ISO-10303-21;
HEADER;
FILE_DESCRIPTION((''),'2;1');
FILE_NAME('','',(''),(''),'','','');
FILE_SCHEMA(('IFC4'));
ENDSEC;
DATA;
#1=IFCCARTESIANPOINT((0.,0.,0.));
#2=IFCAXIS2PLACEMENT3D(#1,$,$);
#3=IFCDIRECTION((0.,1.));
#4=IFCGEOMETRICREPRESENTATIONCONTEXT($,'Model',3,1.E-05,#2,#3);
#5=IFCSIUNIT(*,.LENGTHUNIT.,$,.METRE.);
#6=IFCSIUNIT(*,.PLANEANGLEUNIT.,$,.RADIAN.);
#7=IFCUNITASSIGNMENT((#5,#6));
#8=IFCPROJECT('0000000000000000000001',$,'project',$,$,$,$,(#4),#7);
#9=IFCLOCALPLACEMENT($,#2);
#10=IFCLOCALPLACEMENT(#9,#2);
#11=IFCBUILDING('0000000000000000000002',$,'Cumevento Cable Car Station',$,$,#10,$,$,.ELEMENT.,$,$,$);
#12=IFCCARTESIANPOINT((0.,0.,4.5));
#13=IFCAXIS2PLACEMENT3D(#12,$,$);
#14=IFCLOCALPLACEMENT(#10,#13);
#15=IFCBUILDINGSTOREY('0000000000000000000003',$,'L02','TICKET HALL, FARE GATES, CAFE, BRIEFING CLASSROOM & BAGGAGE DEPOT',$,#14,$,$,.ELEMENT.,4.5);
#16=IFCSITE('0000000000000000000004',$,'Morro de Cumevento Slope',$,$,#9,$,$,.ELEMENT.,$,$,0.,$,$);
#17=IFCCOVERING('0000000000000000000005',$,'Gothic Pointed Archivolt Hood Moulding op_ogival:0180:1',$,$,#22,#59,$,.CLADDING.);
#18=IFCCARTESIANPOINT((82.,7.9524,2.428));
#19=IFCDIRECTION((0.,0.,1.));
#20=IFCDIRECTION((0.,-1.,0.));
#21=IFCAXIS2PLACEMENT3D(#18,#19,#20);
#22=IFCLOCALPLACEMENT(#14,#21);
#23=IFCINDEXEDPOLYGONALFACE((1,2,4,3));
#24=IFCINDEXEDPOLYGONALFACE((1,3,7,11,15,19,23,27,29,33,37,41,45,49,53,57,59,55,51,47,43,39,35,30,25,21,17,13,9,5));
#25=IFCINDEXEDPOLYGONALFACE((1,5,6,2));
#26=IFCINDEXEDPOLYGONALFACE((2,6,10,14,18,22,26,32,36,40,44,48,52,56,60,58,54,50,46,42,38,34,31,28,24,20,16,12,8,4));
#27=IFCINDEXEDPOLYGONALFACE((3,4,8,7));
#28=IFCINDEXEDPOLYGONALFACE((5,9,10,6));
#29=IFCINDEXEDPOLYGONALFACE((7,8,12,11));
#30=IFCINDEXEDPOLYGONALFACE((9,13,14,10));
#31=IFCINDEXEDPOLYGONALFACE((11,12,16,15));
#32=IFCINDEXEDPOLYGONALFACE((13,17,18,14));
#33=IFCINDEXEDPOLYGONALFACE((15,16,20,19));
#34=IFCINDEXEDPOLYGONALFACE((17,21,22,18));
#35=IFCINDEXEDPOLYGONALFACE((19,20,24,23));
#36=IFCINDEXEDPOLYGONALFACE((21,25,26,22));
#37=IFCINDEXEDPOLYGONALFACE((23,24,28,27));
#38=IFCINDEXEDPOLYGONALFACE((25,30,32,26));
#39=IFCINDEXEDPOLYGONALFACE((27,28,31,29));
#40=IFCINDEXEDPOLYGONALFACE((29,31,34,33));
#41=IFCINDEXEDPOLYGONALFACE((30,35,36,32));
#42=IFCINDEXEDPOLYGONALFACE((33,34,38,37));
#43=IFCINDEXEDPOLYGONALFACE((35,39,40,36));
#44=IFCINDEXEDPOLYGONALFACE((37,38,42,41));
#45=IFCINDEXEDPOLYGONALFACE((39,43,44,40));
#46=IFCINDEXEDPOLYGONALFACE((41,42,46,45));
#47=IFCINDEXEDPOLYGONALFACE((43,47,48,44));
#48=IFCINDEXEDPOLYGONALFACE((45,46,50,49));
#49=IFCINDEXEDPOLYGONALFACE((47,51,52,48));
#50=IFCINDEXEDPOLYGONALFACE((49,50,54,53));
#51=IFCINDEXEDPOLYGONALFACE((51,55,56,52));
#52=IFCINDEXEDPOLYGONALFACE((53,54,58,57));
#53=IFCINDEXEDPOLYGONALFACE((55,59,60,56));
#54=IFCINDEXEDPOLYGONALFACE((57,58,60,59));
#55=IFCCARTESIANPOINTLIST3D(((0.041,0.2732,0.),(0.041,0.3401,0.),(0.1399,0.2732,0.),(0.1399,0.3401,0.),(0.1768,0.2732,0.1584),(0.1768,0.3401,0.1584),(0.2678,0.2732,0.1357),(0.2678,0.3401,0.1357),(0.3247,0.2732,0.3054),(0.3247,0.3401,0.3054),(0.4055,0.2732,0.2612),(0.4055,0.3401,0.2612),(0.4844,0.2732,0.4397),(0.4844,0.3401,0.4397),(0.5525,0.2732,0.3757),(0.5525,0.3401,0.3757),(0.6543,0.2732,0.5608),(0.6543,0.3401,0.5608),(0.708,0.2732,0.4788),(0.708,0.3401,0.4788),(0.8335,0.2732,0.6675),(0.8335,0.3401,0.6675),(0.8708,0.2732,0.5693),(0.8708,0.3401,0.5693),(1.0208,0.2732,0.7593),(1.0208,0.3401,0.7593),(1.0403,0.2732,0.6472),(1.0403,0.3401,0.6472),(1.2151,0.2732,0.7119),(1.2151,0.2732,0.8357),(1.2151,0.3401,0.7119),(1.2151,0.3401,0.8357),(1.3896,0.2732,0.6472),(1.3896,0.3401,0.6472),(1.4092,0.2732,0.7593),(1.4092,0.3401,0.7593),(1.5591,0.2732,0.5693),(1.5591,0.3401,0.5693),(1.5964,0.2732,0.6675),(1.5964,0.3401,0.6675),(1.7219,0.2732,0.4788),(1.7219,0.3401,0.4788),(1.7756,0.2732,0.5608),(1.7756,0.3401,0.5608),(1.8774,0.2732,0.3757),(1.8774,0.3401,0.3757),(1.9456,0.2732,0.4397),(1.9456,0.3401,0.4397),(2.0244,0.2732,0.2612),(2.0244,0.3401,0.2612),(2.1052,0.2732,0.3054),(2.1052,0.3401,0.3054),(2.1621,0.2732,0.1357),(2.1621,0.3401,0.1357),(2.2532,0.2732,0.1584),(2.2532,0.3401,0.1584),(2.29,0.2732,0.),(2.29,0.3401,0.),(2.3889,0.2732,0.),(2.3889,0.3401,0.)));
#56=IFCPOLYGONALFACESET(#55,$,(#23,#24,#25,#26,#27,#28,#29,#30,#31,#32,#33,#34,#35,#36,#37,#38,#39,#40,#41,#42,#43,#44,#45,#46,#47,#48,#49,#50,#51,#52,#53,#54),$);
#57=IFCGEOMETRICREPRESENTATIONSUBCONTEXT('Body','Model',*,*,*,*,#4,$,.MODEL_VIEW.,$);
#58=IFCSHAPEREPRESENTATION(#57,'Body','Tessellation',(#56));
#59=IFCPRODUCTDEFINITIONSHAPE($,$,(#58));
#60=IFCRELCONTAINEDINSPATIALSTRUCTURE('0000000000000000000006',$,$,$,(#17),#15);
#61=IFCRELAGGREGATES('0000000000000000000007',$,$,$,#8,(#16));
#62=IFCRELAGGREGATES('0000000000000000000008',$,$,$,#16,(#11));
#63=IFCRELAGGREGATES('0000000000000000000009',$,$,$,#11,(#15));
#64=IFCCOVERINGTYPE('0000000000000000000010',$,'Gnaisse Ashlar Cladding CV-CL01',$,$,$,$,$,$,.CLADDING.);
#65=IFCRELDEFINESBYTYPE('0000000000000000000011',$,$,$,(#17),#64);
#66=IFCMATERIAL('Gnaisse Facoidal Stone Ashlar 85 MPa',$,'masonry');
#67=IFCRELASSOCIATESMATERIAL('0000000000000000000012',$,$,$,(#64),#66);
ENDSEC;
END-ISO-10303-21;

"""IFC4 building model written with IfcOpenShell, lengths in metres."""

from ifc_helpers import new_model, si_unit, direction, frame, origin, place, context, subcontext, project, spatial, polyline, outline, extrude, material, type_object, element, save


model = new_model("IFC4")

# Units and contexts
model_context = context("Model", 3, precision=1e-05, world=origin(), true_north=direction((0.0, 1.0)))
body_context = subcontext(model_context, "Body", "Model", "MODEL_VIEW")
ifc_project = project(units=[si_unit("LENGTHUNIT", "METRE"), si_unit("PLANEANGLEUNIT", "RADIAN")], contexts=[model_context])

# Site, building, storey
site_placement = place(None, origin())
site = spatial("IfcSite", under=ifc_project, at=site_placement, Name="Morro de Cumevento Slope", CompositionType="ELEMENT", RefElevation=0.0)
building_placement = place(site_placement, origin())
building = spatial("IfcBuilding", under=site, at=building_placement, Name="Cumevento Cable Car Station", CompositionType="ELEMENT")
storey_placement = place(building_placement, frame((0.0, 0.0, 4.5)))
storey = spatial("IfcBuildingStorey", under=building, at=storey_placement, Name="L02", Description="TICKET HALL, FARE GATES, CAFE, BRIEFING CLASSROOM & BAGGAGE DEPOT", CompositionType="ELEMENT", Elevation=4.5)

# Covering
ifc_material_1 = material(Name="Gnaisse Facoidal Stone Ashlar 85 MPa", Category="masonry")
covering_type = type_object("IfcCoveringType", Name="Gnaisse Ashlar Cladding CV-CL01", PredefinedType="CLADDING", material=ifc_material_1)
covering_1_placement = place(storey_placement, frame((82.0, 7.9524, 2.428), z_axis=(0.0, 0.0, 1.0), x_axis=(0.0, -1.0, 0.0)))
element("IfcCovering", 1, at=covering_1_placement, inside=storey, type_object=covering_type, Name="Gothic Pointed Archivolt Hood Moulding op_ogival:0180:1", PredefinedType="CLADDING", context=body_context, shape_type="SweptSolid", body=[
    extrude(outline(polyline([(0.1399, 0.0), (0.2678, 0.1357), (0.4055, 0.2612), (0.5525, 0.3757), (0.708, 0.4788), (0.8708, 0.5693), (1.0403, 0.6472), (1.2151, 0.7119), (1.3896, 0.6472), (1.5591, 0.5693), (1.7219, 0.4788), (1.8774, 0.3757), (2.0244, 0.2612), (2.1621, 0.1357), (2.29, 0.0), (2.3889, 0.0), (2.2532, 0.1584), (2.1052, 0.3054), (1.9456, 0.4397), (1.7756, 0.5608), (1.5964, 0.6675), (1.4092, 0.7593), (1.2151, 0.8357), (1.0208, 0.7593), (0.8335, 0.6675), (0.6543, 0.5608), (0.4844, 0.4397), (0.3247, 0.3054), (0.1768, 0.1584), (0.041, 0.0), (0.1399, 0.0)])), frame((0.0, 0.3401, 0.0), z_axis=(0.0, -1.0, 0.0), x_axis=(1.0, 0.0, 0.0)), (0.0, 0.0, 1.0), 0.0669),
])

save(model, "model.ifc")
